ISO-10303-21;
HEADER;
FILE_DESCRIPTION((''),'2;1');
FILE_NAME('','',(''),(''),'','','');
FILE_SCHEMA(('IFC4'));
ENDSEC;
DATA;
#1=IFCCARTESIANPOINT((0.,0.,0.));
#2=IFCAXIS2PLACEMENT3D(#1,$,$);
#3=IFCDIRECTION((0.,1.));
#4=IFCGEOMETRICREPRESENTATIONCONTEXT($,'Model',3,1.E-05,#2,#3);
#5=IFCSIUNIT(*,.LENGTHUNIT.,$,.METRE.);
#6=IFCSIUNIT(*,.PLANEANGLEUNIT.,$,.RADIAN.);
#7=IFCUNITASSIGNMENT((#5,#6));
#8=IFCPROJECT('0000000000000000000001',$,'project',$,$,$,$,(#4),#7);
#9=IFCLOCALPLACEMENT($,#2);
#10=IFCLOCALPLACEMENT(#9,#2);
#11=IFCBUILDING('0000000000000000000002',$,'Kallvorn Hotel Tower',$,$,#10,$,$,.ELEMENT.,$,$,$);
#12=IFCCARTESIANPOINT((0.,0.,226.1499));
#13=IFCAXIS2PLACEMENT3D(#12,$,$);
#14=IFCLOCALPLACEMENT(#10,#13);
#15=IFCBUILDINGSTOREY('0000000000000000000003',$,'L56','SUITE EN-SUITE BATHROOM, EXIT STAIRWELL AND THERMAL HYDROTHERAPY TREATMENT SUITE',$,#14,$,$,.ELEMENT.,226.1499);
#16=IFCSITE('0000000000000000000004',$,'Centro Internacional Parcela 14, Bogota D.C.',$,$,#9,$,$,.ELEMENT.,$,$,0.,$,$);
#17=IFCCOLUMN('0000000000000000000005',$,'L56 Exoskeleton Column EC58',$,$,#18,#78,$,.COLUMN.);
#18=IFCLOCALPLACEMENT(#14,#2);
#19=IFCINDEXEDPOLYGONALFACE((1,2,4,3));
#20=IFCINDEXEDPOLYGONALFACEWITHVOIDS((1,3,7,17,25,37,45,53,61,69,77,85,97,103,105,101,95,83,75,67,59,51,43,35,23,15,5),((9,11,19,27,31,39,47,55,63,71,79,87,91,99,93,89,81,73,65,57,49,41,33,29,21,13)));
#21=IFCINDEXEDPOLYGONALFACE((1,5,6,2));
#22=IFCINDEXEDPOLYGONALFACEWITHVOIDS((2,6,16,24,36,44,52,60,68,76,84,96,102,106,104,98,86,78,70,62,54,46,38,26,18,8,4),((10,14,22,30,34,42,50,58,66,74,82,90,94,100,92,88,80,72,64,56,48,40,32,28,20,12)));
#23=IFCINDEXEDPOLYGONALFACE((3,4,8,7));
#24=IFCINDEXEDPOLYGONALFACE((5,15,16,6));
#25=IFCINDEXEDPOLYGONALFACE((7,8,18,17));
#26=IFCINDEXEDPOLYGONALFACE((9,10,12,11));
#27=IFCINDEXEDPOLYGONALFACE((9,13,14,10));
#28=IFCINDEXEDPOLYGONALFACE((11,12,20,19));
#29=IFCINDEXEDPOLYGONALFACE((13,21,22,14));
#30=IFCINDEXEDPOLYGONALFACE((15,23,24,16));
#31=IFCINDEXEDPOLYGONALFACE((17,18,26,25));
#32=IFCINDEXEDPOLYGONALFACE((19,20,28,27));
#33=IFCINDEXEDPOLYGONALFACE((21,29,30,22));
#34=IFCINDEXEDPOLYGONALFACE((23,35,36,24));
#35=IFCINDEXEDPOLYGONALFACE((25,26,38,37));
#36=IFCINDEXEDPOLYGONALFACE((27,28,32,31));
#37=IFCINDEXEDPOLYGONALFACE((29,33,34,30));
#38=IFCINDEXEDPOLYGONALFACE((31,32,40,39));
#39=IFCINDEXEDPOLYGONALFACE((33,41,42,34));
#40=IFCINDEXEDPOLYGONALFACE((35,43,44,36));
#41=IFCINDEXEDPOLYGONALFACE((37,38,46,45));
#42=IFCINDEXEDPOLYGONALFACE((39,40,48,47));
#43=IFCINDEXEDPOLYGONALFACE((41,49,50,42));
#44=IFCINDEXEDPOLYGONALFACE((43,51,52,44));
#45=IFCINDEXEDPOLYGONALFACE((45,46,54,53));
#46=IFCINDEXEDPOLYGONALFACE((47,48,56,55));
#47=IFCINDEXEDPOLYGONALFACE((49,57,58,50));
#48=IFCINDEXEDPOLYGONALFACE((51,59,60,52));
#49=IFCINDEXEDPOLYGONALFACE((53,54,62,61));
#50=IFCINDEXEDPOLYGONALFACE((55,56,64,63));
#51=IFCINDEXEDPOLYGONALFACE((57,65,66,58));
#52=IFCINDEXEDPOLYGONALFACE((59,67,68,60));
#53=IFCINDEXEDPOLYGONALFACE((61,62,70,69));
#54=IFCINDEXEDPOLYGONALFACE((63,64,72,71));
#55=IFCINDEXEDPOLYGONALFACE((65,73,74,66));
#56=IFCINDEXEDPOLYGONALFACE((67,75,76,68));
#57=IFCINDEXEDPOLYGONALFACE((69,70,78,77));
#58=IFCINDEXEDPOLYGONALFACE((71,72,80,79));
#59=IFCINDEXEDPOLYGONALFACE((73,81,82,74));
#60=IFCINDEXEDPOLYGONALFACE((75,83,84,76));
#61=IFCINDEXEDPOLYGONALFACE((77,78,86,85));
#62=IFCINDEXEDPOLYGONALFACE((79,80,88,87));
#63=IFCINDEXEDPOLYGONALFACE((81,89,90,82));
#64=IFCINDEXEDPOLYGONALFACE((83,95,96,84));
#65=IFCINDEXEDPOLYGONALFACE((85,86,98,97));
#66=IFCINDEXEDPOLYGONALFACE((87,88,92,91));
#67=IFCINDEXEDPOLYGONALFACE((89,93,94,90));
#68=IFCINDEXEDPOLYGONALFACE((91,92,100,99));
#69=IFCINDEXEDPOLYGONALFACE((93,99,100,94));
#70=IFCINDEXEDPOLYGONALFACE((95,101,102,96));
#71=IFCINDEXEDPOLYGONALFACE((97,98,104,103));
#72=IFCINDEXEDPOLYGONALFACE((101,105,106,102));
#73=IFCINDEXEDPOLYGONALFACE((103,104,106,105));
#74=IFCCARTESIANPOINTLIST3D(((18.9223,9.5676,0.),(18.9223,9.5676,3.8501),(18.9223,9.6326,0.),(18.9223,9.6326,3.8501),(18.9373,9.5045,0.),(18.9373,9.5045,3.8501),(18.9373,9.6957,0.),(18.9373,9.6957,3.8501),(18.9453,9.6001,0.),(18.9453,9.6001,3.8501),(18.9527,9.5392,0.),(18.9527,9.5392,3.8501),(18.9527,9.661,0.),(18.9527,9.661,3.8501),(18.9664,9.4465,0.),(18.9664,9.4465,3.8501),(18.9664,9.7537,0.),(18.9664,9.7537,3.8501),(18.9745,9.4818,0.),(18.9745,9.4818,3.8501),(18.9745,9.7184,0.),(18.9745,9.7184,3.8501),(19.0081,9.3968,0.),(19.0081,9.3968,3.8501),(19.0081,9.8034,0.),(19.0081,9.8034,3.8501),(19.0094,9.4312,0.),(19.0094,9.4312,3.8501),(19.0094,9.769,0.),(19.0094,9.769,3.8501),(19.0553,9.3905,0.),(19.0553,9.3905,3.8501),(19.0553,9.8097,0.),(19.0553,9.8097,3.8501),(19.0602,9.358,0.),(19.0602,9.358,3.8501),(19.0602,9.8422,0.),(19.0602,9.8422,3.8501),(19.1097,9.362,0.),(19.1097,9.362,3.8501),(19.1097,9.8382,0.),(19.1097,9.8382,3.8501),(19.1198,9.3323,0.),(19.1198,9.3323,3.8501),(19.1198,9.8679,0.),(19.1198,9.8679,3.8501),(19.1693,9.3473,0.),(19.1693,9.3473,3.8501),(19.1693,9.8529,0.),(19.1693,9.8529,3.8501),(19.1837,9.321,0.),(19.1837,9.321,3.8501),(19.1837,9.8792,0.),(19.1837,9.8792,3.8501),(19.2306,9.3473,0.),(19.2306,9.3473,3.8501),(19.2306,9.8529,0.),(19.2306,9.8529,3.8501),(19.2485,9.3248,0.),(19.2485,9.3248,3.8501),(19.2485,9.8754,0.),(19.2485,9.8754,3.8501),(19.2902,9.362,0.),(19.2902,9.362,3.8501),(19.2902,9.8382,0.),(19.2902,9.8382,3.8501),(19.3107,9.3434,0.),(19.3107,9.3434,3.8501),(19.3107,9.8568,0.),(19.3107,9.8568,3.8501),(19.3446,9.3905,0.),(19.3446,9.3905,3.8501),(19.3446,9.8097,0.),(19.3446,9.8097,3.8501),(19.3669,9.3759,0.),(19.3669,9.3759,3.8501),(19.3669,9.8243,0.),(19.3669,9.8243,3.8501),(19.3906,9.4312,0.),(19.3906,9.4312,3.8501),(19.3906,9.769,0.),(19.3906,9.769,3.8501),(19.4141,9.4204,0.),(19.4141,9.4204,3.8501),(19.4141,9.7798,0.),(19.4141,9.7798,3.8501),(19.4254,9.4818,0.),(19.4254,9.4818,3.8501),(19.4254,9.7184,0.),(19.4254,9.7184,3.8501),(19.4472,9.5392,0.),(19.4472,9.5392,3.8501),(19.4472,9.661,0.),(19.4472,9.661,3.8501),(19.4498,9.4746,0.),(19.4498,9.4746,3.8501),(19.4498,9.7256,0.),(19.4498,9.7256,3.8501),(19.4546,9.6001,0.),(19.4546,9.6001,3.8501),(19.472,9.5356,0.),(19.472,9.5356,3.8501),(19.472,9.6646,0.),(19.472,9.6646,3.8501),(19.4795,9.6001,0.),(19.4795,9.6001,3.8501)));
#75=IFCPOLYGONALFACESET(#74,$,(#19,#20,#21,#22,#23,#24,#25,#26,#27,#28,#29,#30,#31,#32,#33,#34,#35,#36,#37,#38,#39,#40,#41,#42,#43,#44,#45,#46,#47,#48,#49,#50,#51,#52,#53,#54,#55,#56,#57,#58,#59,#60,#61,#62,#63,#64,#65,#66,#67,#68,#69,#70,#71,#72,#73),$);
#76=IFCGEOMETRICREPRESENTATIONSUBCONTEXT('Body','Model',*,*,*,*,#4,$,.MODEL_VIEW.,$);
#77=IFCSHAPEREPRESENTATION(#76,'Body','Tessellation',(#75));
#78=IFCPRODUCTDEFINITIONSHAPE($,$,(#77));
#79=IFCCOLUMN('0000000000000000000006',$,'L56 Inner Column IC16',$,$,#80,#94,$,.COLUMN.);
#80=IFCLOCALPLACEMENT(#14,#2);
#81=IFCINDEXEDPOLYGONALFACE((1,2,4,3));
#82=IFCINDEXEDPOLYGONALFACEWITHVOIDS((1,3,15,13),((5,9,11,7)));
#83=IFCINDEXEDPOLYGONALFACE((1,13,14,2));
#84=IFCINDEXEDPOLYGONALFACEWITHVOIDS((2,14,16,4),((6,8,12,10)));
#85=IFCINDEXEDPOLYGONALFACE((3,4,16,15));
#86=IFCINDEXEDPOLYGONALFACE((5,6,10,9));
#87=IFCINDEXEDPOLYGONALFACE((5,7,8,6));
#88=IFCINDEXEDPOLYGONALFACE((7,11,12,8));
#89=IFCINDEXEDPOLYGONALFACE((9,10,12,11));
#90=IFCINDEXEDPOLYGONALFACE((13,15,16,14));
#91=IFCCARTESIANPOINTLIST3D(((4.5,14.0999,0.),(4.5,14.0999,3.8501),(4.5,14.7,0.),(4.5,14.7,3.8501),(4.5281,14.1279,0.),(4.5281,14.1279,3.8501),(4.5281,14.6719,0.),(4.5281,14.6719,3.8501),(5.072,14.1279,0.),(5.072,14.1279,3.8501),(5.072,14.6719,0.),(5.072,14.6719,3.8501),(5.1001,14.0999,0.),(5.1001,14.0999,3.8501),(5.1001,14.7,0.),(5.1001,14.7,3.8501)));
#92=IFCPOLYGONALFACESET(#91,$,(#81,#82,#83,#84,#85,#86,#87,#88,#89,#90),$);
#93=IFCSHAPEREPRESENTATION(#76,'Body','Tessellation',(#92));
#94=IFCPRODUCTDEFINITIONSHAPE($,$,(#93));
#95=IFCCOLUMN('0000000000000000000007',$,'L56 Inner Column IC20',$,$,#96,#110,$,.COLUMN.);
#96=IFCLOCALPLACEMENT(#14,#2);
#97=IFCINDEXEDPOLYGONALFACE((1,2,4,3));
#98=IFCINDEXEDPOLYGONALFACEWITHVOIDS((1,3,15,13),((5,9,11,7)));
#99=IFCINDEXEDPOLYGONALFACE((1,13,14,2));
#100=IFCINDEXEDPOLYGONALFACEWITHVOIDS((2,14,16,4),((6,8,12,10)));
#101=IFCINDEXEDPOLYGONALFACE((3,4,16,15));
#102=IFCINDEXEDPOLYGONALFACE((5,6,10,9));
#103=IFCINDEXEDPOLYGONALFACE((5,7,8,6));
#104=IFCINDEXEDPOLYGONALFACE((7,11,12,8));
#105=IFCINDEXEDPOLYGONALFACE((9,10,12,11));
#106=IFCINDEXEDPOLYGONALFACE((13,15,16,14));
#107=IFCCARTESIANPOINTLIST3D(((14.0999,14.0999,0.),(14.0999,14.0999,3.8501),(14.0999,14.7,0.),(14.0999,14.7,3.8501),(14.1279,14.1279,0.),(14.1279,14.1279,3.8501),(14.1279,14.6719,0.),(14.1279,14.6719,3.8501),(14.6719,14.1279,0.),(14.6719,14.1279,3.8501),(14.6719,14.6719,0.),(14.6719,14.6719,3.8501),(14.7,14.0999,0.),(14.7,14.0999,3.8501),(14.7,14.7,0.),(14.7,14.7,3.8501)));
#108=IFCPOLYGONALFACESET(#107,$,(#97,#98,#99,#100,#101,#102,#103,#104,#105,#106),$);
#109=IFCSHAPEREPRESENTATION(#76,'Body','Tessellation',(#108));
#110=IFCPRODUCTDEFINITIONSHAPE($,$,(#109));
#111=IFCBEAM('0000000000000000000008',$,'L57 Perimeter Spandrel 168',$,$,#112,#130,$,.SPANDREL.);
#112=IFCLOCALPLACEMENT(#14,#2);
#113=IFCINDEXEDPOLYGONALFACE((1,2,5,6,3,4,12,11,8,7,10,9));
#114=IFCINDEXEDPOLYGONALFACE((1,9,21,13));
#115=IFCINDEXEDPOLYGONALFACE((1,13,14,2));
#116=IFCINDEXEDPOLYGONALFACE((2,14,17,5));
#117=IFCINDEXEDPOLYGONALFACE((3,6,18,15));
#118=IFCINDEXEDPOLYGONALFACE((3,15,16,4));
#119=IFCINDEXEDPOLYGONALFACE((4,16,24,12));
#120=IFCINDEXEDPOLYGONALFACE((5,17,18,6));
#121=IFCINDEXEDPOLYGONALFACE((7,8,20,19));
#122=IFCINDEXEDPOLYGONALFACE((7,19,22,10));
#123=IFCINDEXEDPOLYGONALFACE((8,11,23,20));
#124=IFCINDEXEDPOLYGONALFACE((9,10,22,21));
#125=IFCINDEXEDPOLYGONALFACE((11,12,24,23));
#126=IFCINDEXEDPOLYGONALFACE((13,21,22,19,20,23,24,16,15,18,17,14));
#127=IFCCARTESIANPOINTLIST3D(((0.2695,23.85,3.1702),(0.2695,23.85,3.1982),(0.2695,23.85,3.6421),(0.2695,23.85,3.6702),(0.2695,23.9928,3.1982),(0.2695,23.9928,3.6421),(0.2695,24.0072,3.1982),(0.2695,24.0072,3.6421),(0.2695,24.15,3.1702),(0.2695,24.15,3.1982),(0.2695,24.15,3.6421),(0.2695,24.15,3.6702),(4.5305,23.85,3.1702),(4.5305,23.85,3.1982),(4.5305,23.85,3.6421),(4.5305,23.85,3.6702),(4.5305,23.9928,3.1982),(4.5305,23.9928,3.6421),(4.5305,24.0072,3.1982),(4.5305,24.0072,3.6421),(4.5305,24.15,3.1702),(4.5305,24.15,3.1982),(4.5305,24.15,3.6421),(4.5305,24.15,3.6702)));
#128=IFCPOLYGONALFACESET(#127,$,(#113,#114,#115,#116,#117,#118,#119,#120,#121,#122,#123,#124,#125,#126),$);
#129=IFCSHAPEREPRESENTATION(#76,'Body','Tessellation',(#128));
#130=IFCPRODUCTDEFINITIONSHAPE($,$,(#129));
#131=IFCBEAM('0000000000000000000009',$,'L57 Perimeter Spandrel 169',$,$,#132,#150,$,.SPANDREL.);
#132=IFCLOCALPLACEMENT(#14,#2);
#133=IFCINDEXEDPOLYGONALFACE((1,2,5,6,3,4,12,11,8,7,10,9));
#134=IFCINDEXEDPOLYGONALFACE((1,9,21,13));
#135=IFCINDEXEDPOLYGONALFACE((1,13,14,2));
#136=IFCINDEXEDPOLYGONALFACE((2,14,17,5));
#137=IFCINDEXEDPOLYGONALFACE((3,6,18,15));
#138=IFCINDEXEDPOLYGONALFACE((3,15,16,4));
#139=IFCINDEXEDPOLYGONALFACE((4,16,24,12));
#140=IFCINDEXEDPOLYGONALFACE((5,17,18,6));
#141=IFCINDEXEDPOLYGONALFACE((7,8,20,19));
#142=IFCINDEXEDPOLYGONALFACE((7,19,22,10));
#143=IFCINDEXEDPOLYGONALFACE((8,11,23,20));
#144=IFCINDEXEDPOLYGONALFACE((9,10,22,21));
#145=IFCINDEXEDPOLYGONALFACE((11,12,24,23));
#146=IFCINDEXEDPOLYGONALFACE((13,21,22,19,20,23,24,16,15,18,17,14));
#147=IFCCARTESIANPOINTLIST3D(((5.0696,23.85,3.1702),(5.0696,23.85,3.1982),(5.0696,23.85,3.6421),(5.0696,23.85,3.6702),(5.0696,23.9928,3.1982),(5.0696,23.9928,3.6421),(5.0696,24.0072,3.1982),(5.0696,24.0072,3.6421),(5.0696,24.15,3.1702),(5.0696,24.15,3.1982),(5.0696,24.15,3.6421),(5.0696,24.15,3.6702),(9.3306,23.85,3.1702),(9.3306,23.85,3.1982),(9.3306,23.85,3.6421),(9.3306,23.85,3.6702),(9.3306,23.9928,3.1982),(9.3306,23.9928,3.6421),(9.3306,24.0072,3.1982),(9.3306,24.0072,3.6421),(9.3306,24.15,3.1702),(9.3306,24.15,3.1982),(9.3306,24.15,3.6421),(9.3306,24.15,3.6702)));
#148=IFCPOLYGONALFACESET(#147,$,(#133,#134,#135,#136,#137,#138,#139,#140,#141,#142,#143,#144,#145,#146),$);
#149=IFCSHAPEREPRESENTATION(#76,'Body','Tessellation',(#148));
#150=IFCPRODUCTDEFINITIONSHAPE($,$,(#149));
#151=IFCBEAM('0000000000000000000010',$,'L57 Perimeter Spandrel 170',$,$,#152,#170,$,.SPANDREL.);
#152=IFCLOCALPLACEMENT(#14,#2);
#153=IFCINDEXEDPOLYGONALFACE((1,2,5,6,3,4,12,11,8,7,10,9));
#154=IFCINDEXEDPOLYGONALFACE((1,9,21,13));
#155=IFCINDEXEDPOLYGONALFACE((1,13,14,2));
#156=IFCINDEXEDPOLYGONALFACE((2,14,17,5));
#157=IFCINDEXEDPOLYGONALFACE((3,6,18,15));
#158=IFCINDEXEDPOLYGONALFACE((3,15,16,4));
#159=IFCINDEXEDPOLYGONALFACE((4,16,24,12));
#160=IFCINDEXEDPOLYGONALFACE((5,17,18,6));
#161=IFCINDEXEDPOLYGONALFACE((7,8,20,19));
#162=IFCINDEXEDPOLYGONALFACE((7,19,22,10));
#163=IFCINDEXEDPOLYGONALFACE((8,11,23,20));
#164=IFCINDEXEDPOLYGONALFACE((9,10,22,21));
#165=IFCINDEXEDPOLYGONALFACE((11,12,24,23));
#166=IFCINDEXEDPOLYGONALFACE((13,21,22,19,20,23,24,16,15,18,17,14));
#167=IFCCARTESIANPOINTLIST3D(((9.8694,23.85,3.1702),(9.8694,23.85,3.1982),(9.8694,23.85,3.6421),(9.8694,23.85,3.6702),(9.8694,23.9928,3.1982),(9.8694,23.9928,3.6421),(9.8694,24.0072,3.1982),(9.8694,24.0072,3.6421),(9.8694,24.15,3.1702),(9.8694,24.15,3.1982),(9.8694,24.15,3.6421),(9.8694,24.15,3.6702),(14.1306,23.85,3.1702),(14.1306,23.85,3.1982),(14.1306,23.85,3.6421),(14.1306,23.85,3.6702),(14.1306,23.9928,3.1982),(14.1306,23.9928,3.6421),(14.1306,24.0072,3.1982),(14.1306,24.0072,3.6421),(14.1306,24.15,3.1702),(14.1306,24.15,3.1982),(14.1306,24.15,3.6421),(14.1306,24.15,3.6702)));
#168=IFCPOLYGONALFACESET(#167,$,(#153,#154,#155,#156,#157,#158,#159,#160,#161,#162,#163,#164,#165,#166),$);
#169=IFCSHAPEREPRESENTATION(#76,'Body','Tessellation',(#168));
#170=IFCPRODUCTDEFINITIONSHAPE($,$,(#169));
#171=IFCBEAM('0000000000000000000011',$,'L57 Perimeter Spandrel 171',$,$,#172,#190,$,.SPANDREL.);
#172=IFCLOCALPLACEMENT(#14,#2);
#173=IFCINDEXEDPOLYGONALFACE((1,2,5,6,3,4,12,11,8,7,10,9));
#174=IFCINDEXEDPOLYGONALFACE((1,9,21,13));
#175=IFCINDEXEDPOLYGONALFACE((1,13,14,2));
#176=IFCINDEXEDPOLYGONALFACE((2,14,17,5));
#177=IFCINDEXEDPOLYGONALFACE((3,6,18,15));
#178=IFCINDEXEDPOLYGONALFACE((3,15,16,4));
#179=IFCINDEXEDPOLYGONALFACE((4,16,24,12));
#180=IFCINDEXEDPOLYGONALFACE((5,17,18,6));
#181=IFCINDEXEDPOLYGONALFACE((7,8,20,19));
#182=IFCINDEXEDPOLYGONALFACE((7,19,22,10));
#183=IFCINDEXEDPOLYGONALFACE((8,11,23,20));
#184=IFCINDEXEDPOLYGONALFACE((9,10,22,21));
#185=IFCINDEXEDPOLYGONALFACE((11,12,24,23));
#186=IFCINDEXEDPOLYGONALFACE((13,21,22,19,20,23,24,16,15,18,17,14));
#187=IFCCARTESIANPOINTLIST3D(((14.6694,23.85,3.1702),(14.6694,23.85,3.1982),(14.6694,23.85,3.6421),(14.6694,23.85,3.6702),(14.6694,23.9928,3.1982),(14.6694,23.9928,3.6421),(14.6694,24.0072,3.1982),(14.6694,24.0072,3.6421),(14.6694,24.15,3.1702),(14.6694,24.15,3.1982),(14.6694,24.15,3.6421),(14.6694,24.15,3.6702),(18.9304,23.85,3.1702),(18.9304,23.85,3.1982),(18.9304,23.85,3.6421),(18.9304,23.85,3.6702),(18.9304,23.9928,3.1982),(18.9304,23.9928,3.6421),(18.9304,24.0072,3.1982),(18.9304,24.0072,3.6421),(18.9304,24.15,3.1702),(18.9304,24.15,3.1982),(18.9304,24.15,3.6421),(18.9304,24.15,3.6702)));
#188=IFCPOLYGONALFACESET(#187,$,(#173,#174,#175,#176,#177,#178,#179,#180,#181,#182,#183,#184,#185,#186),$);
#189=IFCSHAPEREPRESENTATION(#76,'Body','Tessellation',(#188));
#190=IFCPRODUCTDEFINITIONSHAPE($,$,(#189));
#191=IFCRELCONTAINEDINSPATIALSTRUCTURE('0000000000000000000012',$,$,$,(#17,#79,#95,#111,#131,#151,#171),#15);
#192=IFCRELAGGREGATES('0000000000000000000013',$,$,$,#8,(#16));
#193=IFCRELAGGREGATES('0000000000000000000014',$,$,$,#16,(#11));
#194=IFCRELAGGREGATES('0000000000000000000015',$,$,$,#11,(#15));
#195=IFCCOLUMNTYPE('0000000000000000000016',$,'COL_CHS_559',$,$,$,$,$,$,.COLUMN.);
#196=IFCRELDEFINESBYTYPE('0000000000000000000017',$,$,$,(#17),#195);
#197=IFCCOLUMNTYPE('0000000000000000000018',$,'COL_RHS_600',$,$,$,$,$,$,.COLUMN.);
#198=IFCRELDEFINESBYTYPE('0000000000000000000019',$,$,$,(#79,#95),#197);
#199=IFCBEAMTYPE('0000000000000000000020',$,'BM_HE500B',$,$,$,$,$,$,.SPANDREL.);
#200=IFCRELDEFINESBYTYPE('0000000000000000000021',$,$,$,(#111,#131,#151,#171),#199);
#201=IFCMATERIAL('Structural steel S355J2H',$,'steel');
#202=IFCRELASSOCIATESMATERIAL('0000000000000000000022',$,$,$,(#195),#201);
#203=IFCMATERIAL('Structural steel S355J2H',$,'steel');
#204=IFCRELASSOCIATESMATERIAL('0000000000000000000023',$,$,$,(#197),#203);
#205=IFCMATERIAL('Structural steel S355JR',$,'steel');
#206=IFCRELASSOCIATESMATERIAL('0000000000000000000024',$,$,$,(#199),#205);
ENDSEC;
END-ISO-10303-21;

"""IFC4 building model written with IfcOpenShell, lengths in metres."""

from ifc_helpers import new_model, si_unit, direction, frame, origin, origin_2d, place, context, subcontext, project, spatial, hollow_rectangle, hollow_circle, i_section, extrude, material, material_profile, profile_set, type_object, element, save


model = new_model("IFC4")

# Units and contexts
model_context = context("Model", 3, precision=1e-05, world=origin(), true_north=direction((0.0, 1.0)))
body_context = subcontext(model_context, "Body", "Model", "MODEL_VIEW")
ifc_project = project(units=[si_unit("LENGTHUNIT", "METRE"), si_unit("PLANEANGLEUNIT", "RADIAN")], contexts=[model_context])

# Site, building, storey
site_placement = place(None, origin())
site = spatial("IfcSite", under=ifc_project, at=site_placement, Name="Centro Internacional Parcela 14, Bogota D.C.", CompositionType="ELEMENT", RefElevation=0.0)
building_placement = place(site_placement, origin())
building = spatial("IfcBuilding", under=site, at=building_placement, Name="Kallvorn Hotel Tower", CompositionType="ELEMENT")
storey_placement = place(building_placement, frame((0.0, 0.0, 226.1499)))
storey = spatial("IfcBuildingStorey", under=building, at=storey_placement, Name="L56", Description="SUITE EN-SUITE BATHROOM, EXIT STAIRWELL AND THERMAL HYDROTHERAPY TREATMENT SUITE", CompositionType="ELEMENT", Elevation=226.1499)

# Columns
ifc_material_1 = material(Name="Structural steel S355J2H", Category="steel")
ifc_material_profile_1 = material_profile(ifc_material_1, hollow_circle(Radius=0.2795, WallThickness=0.0249, at=origin_2d()), Name="CHS 559x25")
ifc_profile_set_1 = profile_set([ifc_material_profile_1], Name="Structural steel S355J2H")
column_type_1 = type_object("IfcColumnType", Name="COL_CHS_559", PredefinedType="COLUMN", material=ifc_profile_set_1)
for number, where, z_axis, x_axis, name in (
    (1, (19.2, 9.6001, 0.0), (0.0, 0.0, 1.0), (1.0, 0.0, 0.0), "L56 Exoskeleton Column EC58"),
):
    element("IfcColumn", number, at=place(storey_placement, frame(where, z_axis=z_axis, x_axis=x_axis)), inside=storey, type_object=column_type_1, Name=name, PredefinedType="COLUMN", context=body_context, shape_type="SweptSolid", body=[
        extrude(hollow_circle(Radius=0.2795, WallThickness=0.0249, at=origin_2d()), origin(), (0.0, 0.0, 1.0), 3.8501),
    ])
ifc_material_2 = material(Name="Structural steel S355J2H", Category="steel")
ifc_material_profile_2 = material_profile(ifc_material_2, hollow_rectangle(XDim=0.6001, YDim=0.6001, WallThickness=0.0281, at=origin_2d()), Name="RHS 600x600x28")
ifc_profile_set_2 = profile_set([ifc_material_profile_2], Name="Structural steel S355J2H")
column_type_2 = type_object("IfcColumnType", Name="COL_RHS_600", PredefinedType="COLUMN", material=ifc_profile_set_2)
for number, where, z_axis, x_axis, name in (
    (2, (4.8, 14.3999, 0.0), (0.0, 0.0, 1.0), (1.0, 0.0, 0.0), "L56 Inner Column IC16"),
    (3, (14.3999, 14.3999, 0.0), (0.0, 0.0, 1.0), (1.0, 0.0, 0.0), "L56 Inner Column IC20"),
):
    element("IfcColumn", number, at=place(storey_placement, frame(where, z_axis=z_axis, x_axis=x_axis)), inside=storey, type_object=column_type_2, Name=name, PredefinedType="COLUMN", context=body_context, shape_type="SweptSolid", body=[
        extrude(hollow_rectangle(XDim=0.6001, YDim=0.6001, WallThickness=0.0281, at=origin_2d()), origin(), (0.0, 0.0, 1.0), 3.8501),
    ])

# Beams
ifc_material_3 = material(Name="Structural steel S355JR", Category="steel")
ifc_material_profile_3 = material_profile(ifc_material_3, i_section(OverallWidth=0.3, OverallDepth=0.5, WebThickness=0.0144, FlangeThickness=0.0281, at=origin_2d()), Name="HE 500 B")
ifc_profile_set_3 = profile_set([ifc_material_profile_3], Name="Structural steel S355JR")
beam_type_1 = type_object("IfcBeamType", Name="BM_HE500B", PredefinedType="SPANDREL", material=ifc_profile_set_3)
for number, where, z_axis, x_axis, name in (
    (4, (0.2695, 24.0, 3.4202), (1.0, 0.0, 0.0), (0.0, 1.0, 0.0), "L57 Perimeter Spandrel 168"),
    (5, (5.0696, 24.0, 3.4202), (1.0, 0.0, 0.0), (0.0, 1.0, 0.0), "L57 Perimeter Spandrel 169"),
):
    element("IfcBeam", number, at=place(storey_placement, frame(where, z_axis=z_axis, x_axis=x_axis)), inside=storey, type_object=beam_type_1, Name=name, PredefinedType="SPANDREL", context=body_context, shape_type="SweptSolid", body=[
        extrude(i_section(OverallWidth=0.3, OverallDepth=0.5, WebThickness=0.0144, FlangeThickness=0.0281, at=origin_2d()), origin(), (0.0, 0.0, 1.0), 4.261),
    ])
beam_1_placement = place(storey_placement, frame((9.8694, 24.0, 3.4202), z_axis=(1.0, 0.0, 0.0), x_axis=(0.0, 1.0, 0.0)))
element("IfcBeam", 6, at=beam_1_placement, inside=storey, type_object=beam_type_1, Name="L57 Perimeter Spandrel 170", PredefinedType="SPANDREL", context=body_context, shape_type="SweptSolid", body=[
    extrude(i_section(OverallWidth=0.3, OverallDepth=0.5, WebThickness=0.0144, FlangeThickness=0.0281, at=origin_2d()), origin(), (0.0, 0.0, 1.0), 4.2612),
])
beam_2_placement = place(storey_placement, frame((14.6694, 24.0, 3.4202), z_axis=(1.0, 0.0, 0.0), x_axis=(0.0, 1.0, 0.0)))
element("IfcBeam", 7, at=beam_2_placement, inside=storey, type_object=beam_type_1, Name="L57 Perimeter Spandrel 171", PredefinedType="SPANDREL", context=body_context, shape_type="SweptSolid", body=[
    extrude(i_section(OverallWidth=0.3, OverallDepth=0.5, WebThickness=0.0144, FlangeThickness=0.0281, at=origin_2d()), origin(), (0.0, 0.0, 1.0), 4.261),
])

save(model, "model.ifc")
